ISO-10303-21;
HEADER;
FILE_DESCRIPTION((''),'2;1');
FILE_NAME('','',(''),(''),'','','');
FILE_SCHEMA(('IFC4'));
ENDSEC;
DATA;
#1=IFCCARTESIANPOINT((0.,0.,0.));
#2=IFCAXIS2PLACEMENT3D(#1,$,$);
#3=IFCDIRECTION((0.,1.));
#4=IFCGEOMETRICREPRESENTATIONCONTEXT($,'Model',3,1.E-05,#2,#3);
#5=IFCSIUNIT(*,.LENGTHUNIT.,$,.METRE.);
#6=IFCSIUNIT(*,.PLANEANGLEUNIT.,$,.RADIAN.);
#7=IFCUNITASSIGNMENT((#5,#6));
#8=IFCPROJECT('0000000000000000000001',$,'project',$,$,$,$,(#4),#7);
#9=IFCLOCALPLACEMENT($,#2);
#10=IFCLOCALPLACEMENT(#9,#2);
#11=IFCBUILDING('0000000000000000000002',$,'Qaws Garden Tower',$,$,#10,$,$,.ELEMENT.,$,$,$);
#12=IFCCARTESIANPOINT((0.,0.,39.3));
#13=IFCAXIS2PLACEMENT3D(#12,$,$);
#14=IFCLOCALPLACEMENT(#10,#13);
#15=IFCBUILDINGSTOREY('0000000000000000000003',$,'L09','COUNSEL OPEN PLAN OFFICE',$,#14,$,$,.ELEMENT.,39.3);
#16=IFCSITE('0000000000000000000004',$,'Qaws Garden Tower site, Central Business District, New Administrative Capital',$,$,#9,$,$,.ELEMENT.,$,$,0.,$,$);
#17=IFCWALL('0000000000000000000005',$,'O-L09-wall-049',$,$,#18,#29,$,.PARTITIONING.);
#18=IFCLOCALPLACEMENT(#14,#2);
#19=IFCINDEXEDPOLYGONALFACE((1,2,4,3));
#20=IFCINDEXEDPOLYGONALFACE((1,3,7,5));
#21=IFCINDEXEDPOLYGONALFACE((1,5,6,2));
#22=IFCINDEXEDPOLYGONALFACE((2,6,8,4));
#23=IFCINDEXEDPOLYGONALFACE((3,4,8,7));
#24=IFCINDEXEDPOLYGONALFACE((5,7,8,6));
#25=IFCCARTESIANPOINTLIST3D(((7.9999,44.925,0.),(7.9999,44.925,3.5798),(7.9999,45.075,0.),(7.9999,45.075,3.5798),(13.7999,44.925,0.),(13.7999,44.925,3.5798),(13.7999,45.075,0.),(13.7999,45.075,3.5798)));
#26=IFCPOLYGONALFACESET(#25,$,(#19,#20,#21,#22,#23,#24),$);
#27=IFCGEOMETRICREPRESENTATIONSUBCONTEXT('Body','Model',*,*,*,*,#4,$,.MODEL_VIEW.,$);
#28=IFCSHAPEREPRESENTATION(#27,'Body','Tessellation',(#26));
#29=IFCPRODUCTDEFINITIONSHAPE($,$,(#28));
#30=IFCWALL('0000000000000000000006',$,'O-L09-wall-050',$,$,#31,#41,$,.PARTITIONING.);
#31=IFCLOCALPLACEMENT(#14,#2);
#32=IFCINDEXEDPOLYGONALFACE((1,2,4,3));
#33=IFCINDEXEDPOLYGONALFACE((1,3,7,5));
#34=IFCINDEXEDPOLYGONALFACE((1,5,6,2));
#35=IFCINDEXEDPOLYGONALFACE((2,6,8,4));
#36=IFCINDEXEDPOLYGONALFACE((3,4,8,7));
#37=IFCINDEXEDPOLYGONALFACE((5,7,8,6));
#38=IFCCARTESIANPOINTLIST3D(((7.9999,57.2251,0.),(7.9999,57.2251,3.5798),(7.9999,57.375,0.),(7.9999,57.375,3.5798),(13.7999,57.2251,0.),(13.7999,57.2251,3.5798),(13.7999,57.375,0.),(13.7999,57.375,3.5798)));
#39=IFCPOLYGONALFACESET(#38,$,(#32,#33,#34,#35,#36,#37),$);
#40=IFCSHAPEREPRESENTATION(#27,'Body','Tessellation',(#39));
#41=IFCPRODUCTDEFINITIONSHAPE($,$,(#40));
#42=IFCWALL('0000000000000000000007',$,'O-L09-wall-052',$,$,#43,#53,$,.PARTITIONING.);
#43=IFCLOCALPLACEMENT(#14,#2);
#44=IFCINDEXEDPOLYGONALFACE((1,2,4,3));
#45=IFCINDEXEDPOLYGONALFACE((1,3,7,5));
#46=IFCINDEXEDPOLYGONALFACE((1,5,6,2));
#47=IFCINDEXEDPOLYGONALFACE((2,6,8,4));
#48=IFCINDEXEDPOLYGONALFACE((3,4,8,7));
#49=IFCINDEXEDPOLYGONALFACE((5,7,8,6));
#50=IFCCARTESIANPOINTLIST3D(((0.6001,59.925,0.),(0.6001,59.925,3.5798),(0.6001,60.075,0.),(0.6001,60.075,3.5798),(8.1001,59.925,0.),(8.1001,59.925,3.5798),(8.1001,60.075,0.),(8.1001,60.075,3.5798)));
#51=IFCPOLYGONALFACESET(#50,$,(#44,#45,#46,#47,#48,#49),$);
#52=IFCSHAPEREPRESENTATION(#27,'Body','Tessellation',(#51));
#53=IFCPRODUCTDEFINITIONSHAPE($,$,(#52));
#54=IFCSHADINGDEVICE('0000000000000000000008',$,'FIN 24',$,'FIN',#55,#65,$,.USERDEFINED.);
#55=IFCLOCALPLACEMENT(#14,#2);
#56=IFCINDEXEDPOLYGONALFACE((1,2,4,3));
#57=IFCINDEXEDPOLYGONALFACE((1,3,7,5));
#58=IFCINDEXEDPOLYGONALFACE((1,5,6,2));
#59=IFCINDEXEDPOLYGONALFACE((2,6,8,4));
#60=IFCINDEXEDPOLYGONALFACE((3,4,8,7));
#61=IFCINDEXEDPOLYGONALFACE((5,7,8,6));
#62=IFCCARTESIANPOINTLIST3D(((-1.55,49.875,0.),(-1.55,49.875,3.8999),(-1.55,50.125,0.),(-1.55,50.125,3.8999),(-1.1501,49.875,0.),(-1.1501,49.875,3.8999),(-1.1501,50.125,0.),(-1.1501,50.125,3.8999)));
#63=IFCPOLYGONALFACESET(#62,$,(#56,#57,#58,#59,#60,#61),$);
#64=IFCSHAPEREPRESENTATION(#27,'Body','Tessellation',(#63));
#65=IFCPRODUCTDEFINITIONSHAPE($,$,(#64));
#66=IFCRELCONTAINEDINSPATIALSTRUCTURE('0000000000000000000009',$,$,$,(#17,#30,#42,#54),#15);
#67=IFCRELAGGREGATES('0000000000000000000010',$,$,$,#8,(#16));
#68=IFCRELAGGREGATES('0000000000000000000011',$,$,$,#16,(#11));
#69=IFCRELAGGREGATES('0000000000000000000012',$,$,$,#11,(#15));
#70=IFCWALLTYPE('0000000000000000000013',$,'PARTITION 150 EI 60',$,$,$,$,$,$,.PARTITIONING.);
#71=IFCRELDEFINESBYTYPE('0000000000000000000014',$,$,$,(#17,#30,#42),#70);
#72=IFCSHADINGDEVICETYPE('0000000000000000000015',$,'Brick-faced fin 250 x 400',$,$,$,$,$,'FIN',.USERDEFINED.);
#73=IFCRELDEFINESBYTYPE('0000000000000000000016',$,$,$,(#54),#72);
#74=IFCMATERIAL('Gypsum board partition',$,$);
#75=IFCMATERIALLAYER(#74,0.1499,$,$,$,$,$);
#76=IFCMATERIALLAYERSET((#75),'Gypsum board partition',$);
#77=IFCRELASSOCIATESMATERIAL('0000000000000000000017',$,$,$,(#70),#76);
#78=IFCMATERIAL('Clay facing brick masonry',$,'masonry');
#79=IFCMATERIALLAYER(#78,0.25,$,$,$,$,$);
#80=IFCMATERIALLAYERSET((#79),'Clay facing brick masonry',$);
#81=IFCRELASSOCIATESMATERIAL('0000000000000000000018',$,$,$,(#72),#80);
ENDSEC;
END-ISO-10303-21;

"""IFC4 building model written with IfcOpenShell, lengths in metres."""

from ifc_helpers import new_model, si_unit, direction, frame, frame_2d, origin, origin_2d, place, context, subcontext, project, spatial, rectangle, extrude, material, layer, layer_set, type_object, element, save


model = new_model("IFC4")

# Units and contexts
model_context = context("Model", 3, precision=1e-05, world=origin(), true_north=direction((0.0, 1.0)))
body_context = subcontext(model_context, "Body", "Model", "MODEL_VIEW")
ifc_project = project(units=[si_unit("LENGTHUNIT", "METRE"), si_unit("PLANEANGLEUNIT", "RADIAN")], contexts=[model_context])

# Site, building, storey
site_placement = place(None, origin())
site = spatial("IfcSite", under=ifc_project, at=site_placement, Name="Qaws Garden Tower site, Central Business District, New Administrative Capital", CompositionType="ELEMENT", RefElevation=0.0)
building_placement = place(site_placement, origin())
building = spatial("IfcBuilding", under=site, at=building_placement, Name="Qaws Garden Tower", CompositionType="ELEMENT")
storey_placement = place(building_placement, frame((0.0, 0.0, 39.3)))
storey = spatial("IfcBuildingStorey", under=building, at=storey_placement, Name="L09", Description="COUNSEL OPEN PLAN OFFICE", CompositionType="ELEMENT", Elevation=39.3)

# Shared definitions
ifc_material_1 = material(Name="Gypsum board partition")
ifc_layer_1 = layer(ifc_material_1, 0.1499)
ifc_layer_set_1 = layer_set([ifc_layer_1], Name="Gypsum board partition")
wall_type_1 = type_object("IfcWallType", Name="PARTITION 150 EI 60", PredefinedType="PARTITIONING", material=ifc_layer_set_1)

# Walls
for number, where, z_axis, x_axis, name in (
    (1, (8.0, 45.0, 0.0), (0.0, 0.0, 1.0), (1.0, 0.0, 0.0), "O-L09-wall-049"),
    (2, (8.0, 57.3, 0.0), (0.0, 0.0, 1.0), (1.0, 0.0, 0.0), "O-L09-wall-050"),
):
    element("IfcWall", number, at=place(storey_placement, frame(where, z_axis=z_axis, x_axis=x_axis)), inside=storey, type_object=wall_type_1, Name=name, PredefinedType="PARTITIONING", context=body_context, shape_type="SweptSolid", body=[
        extrude(rectangle(XDim=5.8, YDim=0.1499, at=frame_2d((2.8999, 0.0))), origin(), (0.0, 0.0, 1.0), 3.5798),
    ])
wall_1_placement = place(storey_placement, frame((0.6001, 60.0, 0.0), z_axis=(0.0, 0.0, 1.0), x_axis=(1.0, 0.0, 0.0)))
element("IfcWall", 3, at=wall_1_placement, inside=storey, type_object=wall_type_1, Name="O-L09-wall-052", PredefinedType="PARTITIONING", context=body_context, shape_type="SweptSolid", body=[
    extrude(rectangle(XDim=7.5, YDim=0.1499, at=frame_2d((3.75, 0.0))), origin(), (0.0, 0.0, 1.0), 3.5798),
])

# Shading device
ifc_material_2 = material(Name="Clay facing brick masonry", Category="masonry")
ifc_layer_2 = layer(ifc_material_2, 0.25)
ifc_layer_set_2 = layer_set([ifc_layer_2], Name="Clay facing brick masonry")
shading_device_type = type_object("IfcShadingDeviceType", Name="Brick-faced fin 250 x 400", ElementType="FIN", PredefinedType="USERDEFINED", material=ifc_layer_set_2)
shading_device_placement = place(storey_placement, frame((-1.3501, 50.0, 0.0), z_axis=(0.0, 0.0, 1.0), x_axis=(0.0, -1.0, 0.0)))
element("IfcShadingDevice", 4, at=shading_device_placement, inside=storey, type_object=shading_device_type, Name="FIN 24", ObjectType="FIN", PredefinedType="USERDEFINED", context=body_context, shape_type="SweptSolid", body=[
    extrude(rectangle(XDim=0.25, YDim=0.3999, at=origin_2d()), origin(), (0.0, 0.0, 1.0), 3.8999),
])

save(model, "model.ifc")
